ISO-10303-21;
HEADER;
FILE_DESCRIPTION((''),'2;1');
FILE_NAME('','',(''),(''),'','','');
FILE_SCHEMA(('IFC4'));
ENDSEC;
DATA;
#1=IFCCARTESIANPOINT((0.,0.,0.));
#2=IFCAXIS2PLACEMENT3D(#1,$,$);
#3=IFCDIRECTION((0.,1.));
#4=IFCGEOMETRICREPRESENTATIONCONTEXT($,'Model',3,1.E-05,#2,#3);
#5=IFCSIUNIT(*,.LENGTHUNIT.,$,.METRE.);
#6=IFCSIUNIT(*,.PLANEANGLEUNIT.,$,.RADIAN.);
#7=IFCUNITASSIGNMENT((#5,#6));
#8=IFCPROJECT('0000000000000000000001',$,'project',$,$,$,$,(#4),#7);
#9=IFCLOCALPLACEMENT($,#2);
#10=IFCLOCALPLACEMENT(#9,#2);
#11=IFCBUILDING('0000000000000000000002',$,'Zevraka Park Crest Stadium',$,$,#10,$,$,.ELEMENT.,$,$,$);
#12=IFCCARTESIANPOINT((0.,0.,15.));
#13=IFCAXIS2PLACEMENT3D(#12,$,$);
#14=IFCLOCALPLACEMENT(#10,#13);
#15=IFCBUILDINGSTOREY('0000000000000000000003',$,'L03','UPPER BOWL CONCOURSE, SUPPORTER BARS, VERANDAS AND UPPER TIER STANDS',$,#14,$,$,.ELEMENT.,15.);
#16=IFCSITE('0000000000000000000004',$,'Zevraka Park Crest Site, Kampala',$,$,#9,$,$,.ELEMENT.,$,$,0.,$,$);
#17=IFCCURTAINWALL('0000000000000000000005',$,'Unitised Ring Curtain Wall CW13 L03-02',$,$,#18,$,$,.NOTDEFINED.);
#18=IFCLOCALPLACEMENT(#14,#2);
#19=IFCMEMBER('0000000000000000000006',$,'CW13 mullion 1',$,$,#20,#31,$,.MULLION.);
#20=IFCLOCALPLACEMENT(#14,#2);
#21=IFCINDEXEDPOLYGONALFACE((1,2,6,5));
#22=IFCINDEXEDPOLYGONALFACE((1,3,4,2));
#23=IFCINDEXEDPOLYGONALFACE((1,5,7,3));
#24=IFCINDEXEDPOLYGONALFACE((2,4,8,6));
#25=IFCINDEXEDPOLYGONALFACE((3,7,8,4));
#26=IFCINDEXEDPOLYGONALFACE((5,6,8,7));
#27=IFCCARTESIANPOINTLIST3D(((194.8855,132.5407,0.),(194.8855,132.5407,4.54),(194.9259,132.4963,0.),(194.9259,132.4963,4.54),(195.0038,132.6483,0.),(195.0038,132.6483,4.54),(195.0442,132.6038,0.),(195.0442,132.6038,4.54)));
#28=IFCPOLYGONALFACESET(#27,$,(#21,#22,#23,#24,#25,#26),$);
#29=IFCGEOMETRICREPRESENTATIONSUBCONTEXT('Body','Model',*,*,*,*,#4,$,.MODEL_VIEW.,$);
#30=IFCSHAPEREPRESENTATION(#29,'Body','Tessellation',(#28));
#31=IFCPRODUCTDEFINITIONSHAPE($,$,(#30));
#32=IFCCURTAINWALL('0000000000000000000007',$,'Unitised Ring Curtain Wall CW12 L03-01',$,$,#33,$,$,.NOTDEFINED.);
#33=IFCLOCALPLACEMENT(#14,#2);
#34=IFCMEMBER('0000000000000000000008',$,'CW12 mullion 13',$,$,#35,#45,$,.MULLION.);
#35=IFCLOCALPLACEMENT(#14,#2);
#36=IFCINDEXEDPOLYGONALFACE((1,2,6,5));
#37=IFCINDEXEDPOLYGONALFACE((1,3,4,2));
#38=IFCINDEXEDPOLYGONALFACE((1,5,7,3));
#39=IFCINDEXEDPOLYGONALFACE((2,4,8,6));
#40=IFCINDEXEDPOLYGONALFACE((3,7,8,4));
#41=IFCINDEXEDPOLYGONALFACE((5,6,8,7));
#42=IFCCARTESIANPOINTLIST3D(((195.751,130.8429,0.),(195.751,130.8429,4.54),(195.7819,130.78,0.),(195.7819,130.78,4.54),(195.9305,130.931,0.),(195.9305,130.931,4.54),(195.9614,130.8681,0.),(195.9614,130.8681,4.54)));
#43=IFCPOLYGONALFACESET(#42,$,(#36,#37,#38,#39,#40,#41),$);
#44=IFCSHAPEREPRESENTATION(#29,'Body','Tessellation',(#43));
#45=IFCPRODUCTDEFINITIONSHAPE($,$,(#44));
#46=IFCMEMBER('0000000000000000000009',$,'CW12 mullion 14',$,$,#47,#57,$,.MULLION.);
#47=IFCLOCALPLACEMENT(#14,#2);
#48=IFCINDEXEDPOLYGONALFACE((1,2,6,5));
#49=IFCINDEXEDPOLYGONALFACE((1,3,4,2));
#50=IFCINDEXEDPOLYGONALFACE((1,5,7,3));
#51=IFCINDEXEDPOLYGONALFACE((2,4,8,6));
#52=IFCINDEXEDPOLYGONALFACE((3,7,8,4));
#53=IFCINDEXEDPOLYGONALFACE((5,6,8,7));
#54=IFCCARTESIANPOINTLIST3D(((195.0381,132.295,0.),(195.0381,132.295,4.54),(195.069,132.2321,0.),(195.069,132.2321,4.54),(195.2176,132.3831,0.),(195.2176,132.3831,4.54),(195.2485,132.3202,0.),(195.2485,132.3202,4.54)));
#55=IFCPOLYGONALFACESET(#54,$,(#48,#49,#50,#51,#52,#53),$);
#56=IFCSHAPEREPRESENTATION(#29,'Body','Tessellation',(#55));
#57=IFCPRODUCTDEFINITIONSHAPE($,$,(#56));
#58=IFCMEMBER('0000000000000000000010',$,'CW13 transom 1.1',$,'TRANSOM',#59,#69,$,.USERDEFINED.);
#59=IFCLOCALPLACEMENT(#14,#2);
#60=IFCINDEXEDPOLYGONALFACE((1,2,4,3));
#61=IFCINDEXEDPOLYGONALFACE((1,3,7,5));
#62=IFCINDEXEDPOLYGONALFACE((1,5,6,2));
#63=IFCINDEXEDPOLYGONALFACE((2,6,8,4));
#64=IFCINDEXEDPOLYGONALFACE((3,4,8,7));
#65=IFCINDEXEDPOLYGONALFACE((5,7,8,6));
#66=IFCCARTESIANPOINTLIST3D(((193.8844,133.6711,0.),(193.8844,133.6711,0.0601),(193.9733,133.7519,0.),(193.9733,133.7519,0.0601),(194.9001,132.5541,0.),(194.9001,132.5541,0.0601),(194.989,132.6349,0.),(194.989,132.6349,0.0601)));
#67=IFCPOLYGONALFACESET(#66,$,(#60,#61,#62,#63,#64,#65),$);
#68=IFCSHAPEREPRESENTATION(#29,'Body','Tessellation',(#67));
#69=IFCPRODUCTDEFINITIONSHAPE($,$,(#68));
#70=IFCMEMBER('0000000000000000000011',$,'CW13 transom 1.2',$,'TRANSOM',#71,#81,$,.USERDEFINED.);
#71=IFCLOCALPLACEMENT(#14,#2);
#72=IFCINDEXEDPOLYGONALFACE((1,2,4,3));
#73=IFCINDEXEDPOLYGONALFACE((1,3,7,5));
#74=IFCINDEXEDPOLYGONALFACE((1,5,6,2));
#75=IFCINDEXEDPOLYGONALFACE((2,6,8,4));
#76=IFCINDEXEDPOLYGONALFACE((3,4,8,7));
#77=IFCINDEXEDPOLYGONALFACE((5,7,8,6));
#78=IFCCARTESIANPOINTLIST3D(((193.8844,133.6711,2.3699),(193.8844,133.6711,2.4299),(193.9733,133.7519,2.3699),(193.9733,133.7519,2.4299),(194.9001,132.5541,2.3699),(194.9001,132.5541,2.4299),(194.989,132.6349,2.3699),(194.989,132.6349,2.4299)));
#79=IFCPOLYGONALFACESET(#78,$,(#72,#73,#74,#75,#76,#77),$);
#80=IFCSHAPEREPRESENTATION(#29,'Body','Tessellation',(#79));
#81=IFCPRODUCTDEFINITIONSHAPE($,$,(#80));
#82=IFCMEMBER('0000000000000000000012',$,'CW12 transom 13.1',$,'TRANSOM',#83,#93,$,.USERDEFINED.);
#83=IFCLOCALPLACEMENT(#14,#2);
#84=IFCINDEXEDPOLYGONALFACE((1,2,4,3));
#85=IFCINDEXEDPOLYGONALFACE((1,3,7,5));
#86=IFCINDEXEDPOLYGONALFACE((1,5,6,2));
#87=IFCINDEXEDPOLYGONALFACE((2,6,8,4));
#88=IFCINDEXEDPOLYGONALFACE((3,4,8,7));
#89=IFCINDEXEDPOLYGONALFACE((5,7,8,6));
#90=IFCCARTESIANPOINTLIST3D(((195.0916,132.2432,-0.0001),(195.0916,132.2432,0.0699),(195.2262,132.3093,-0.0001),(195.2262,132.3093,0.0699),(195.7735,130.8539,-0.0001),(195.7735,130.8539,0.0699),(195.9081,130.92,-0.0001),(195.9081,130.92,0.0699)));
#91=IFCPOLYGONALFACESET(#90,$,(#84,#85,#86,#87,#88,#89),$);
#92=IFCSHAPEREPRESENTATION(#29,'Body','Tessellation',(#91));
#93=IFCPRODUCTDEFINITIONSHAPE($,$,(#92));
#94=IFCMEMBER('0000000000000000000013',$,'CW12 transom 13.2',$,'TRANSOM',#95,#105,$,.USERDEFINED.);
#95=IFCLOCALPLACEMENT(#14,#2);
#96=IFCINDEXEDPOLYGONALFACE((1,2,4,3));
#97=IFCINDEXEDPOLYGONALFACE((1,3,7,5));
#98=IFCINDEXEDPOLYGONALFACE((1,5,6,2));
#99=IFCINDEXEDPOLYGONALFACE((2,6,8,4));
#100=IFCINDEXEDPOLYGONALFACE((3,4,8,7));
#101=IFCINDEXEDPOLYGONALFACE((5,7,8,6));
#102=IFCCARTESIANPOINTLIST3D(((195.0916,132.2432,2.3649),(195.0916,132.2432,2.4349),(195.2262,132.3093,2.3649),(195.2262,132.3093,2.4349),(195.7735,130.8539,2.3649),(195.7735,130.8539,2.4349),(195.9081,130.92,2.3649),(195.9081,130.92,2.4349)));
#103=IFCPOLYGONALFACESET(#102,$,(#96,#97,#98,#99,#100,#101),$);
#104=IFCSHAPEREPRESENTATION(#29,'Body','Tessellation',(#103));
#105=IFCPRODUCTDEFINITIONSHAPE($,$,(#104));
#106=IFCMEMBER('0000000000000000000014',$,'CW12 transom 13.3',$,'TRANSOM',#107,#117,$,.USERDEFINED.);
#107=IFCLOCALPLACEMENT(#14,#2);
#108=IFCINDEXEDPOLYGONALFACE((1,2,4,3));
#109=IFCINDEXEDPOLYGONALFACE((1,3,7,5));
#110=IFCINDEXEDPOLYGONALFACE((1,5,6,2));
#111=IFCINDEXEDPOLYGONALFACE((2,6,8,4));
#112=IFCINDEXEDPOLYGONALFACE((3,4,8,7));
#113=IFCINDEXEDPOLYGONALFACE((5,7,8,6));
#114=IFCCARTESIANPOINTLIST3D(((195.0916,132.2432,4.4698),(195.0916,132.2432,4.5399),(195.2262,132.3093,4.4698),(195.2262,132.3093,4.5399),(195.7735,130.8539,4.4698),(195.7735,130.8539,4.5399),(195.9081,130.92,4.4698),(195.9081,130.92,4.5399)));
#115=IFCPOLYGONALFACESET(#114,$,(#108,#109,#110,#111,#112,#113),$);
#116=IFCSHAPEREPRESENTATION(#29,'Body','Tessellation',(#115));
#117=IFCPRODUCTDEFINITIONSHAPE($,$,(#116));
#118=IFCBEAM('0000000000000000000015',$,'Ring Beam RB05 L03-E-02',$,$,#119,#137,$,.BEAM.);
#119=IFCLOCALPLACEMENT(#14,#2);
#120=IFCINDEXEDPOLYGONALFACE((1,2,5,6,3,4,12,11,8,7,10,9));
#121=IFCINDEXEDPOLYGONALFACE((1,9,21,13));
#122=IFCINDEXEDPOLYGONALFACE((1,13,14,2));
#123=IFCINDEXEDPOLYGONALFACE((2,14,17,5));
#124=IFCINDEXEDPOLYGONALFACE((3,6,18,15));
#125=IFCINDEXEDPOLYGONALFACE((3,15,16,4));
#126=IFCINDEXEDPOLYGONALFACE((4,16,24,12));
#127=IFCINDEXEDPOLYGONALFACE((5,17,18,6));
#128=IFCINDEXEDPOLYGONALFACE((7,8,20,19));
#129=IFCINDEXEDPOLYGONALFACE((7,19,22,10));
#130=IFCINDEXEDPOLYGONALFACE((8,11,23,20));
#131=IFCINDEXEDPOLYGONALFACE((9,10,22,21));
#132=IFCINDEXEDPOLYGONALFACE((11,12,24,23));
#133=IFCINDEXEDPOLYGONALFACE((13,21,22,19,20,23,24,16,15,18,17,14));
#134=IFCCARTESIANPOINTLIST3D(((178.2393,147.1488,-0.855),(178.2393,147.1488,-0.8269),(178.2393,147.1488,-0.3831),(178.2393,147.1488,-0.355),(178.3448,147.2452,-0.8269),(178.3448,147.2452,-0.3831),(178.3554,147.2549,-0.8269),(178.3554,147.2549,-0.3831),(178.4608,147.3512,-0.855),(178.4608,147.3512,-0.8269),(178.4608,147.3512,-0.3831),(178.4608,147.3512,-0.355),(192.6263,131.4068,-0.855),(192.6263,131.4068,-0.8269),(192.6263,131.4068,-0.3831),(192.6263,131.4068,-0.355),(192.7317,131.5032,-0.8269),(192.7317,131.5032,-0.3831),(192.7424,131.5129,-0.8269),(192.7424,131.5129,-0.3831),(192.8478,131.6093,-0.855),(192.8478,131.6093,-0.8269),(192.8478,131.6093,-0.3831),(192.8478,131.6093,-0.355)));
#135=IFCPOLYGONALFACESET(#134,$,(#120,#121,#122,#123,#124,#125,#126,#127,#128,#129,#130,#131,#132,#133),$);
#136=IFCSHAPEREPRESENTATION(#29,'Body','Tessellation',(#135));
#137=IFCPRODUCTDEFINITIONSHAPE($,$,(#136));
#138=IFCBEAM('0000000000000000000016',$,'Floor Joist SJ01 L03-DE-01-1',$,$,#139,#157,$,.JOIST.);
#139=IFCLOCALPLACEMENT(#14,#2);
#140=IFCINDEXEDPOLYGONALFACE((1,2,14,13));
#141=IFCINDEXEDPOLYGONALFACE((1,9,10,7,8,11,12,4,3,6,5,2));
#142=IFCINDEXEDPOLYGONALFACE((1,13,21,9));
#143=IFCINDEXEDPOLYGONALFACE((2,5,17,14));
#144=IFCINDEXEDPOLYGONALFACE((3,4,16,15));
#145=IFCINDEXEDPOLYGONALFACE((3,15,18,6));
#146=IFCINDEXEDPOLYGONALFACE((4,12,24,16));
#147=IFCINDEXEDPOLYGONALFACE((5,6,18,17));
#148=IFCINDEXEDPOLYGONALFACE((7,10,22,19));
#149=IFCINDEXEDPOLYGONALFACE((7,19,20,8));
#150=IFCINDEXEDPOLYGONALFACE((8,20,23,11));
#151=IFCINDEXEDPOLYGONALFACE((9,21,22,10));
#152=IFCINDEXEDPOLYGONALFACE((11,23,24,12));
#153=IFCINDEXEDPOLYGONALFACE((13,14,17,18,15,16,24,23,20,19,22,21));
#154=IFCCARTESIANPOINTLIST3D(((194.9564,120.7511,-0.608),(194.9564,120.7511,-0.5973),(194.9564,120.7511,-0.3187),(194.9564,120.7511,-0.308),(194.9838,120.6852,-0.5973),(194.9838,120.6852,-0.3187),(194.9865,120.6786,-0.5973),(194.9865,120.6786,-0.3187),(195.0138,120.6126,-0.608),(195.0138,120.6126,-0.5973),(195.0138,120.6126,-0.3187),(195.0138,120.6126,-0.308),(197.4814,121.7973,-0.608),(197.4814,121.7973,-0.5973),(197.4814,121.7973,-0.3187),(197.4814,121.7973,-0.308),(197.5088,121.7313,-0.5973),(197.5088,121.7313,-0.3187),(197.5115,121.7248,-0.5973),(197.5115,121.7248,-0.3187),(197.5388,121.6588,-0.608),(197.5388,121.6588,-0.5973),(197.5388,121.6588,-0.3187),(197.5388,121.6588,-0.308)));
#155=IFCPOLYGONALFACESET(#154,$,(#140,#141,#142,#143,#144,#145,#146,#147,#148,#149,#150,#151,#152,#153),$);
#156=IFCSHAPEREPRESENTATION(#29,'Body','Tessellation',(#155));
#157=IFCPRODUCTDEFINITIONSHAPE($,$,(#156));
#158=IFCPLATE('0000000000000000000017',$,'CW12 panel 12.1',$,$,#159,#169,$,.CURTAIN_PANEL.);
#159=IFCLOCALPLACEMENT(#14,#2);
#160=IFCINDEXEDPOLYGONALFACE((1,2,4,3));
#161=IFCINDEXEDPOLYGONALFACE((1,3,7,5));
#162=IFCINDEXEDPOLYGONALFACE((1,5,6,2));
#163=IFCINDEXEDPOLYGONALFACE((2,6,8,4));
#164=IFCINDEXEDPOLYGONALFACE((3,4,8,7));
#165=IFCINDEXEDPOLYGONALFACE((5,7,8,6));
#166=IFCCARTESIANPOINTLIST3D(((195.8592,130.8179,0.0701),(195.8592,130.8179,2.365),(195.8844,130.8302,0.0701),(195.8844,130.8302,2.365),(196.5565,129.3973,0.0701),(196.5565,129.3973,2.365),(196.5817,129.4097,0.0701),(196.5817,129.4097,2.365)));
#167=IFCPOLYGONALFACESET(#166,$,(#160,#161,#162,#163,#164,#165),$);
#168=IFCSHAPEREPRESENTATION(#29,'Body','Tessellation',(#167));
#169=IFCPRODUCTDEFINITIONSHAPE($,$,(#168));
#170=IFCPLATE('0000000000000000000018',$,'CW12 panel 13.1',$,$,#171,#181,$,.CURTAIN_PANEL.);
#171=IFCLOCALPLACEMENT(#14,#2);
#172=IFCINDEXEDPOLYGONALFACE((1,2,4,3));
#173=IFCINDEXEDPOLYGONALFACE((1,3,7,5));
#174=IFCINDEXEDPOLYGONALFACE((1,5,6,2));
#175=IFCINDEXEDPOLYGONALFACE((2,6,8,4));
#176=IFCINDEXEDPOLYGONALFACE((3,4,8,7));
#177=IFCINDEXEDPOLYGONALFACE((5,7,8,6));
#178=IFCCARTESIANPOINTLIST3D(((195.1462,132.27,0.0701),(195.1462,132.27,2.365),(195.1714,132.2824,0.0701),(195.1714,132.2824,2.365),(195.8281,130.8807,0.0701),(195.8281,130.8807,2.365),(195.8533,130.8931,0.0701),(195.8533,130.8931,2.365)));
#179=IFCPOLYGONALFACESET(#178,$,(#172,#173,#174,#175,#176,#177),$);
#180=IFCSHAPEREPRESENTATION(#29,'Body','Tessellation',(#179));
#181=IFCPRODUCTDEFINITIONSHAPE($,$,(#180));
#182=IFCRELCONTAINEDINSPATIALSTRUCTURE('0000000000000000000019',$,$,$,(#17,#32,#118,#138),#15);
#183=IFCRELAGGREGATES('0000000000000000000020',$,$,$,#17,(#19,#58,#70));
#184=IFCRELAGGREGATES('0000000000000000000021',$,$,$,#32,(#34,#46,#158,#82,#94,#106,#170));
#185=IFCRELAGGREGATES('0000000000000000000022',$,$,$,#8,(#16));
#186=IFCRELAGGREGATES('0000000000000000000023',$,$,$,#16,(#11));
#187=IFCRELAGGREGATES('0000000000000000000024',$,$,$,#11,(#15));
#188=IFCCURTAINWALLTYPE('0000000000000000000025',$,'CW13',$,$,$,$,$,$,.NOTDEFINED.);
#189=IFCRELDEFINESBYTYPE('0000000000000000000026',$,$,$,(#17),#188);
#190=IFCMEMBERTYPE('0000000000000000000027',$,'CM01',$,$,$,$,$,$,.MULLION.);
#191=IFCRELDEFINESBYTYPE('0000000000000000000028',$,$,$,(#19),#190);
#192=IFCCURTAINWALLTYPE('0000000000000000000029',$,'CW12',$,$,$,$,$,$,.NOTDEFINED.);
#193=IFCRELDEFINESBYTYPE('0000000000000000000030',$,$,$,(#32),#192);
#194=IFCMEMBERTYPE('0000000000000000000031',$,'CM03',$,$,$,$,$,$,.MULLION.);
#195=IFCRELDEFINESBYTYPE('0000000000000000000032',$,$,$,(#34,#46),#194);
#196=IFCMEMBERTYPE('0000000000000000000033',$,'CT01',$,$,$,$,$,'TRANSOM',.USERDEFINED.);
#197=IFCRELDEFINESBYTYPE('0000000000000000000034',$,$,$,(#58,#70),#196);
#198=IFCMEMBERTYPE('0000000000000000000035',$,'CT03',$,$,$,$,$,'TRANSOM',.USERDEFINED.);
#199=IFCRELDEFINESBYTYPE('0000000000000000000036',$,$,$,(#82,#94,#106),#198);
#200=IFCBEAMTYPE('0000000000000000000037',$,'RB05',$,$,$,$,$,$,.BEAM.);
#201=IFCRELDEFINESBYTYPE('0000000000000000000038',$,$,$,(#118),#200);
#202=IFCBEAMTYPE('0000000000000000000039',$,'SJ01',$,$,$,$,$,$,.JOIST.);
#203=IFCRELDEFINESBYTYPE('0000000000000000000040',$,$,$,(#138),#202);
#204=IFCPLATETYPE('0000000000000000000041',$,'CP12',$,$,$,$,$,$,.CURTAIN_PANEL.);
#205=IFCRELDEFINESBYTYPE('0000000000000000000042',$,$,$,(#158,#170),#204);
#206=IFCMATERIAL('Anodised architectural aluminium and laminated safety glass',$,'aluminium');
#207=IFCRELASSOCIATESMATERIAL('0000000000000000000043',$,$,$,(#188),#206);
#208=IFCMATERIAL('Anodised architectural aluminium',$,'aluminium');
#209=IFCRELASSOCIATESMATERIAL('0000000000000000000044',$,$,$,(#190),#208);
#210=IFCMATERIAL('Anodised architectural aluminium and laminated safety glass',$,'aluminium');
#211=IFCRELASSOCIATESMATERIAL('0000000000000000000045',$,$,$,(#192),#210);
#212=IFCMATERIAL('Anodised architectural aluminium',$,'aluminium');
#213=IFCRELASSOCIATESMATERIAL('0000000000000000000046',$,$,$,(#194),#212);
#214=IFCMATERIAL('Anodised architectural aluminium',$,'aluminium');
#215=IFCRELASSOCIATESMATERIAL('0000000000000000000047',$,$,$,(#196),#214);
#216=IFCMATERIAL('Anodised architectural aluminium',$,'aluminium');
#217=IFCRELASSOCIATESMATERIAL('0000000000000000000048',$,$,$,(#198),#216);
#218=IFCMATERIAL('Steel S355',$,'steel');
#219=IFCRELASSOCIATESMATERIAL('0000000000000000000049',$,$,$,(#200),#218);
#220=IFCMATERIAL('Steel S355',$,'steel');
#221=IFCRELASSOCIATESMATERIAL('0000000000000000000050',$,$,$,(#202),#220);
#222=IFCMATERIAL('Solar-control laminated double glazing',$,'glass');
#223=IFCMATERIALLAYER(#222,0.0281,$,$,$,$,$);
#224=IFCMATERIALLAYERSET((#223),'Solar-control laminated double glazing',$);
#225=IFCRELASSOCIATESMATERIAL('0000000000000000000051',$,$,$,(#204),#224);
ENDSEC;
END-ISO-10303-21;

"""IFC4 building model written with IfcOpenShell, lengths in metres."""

from ifc_helpers import new_model, si_unit, direction, frame, origin, origin_2d, place, context, subcontext, project, spatial, rectangle, i_section, extrude, material, layer, layer_set, material_profile, profile_set, type_object, element, aggregate, save


model = new_model("IFC4")

# Units and contexts
model_context = context("Model", 3, precision=1e-05, world=origin(), true_north=direction((0.0, 1.0)))
body_context = subcontext(model_context, "Body", "Model", "MODEL_VIEW")
ifc_project = project(units=[si_unit("LENGTHUNIT", "METRE"), si_unit("PLANEANGLEUNIT", "RADIAN")], contexts=[model_context])

# Site, building, storey
site_placement = place(None, origin())
site = spatial("IfcSite", under=ifc_project, at=site_placement, Name="Zevraka Park Crest Site, Kampala", CompositionType="ELEMENT", RefElevation=0.0)
building_placement = place(site_placement, origin())
building = spatial("IfcBuilding", under=site, at=building_placement, Name="Zevraka Park Crest Stadium", CompositionType="ELEMENT")
storey_placement = place(building_placement, frame((0.0, 0.0, 15.0)))
storey = spatial("IfcBuildingStorey", under=building, at=storey_placement, Name="L03", Description="UPPER BOWL CONCOURSE, SUPPORTER BARS, VERANDAS AND UPPER TIER STANDS", CompositionType="ELEMENT", Elevation=15.0)

# Curtain wall, member
ifc_material_1 = material(Name="Anodised architectural aluminium and laminated safety glass", Category="aluminium")
curtain_wall_type_1 = type_object("IfcCurtainWallType", Name="CW13", PredefinedType="NOTDEFINED", material=ifc_material_1)
curtain_wall_1_placement = place(storey_placement, origin())
curtain_wall_1 = element("IfcCurtainWall", 1, at=curtain_wall_1_placement, inside=storey, type_object=curtain_wall_type_1, Name="Unitised Ring Curtain Wall CW13 L03-02", PredefinedType="NOTDEFINED")
ifc_material_2 = material(Name="Anodised architectural aluminium", Category="aluminium")
ifc_material_profile_1 = material_profile(ifc_material_2, rectangle(XDim=0.1599, YDim=0.0601, at=origin_2d()), Name="ALU MULLION 160x60")
ifc_profile_set_1 = profile_set([ifc_material_profile_1], Name="Anodised architectural aluminium")
member_type_1 = type_object("IfcMemberType", Name="CM01", PredefinedType="MULLION", material=ifc_profile_set_1)
member_1_placement = place(storey_placement, frame((194.9648, 132.5723, 0.0), z_axis=(0.0, 0.0, 1.0), x_axis=(-0.739823, -0.672802, 0.0)))
member_1 = element("IfcMember", 2, at=member_1_placement, type_object=member_type_1, Name="CW13 mullion 1", PredefinedType="MULLION", context=body_context, shape_type="SweptSolid", body=[
    extrude(rectangle(XDim=0.1599, YDim=0.0601, at=origin_2d()), origin(), (0.0, 0.0, 1.0), 4.54),
])

# Curtain wall, members
ifc_material_3 = material(Name="Anodised architectural aluminium and laminated safety glass", Category="aluminium")
curtain_wall_type_2 = type_object("IfcCurtainWallType", Name="CW12", PredefinedType="NOTDEFINED", material=ifc_material_3)
curtain_wall_2_placement = place(storey_placement, origin())
curtain_wall_2 = element("IfcCurtainWall", 3, at=curtain_wall_2_placement, inside=storey, type_object=curtain_wall_type_2, Name="Unitised Ring Curtain Wall CW12 L03-01", PredefinedType="NOTDEFINED")
ifc_material_4 = material(Name="Anodised architectural aluminium", Category="aluminium")
ifc_material_profile_2 = material_profile(ifc_material_4, rectangle(XDim=0.2, YDim=0.0701, at=origin_2d()), Name="ALU MULLION 200x70")
ifc_profile_set_2 = profile_set([ifc_material_profile_2], Name="Anodised architectural aluminium")
member_type_2 = type_object("IfcMemberType", Name="CM03", PredefinedType="MULLION", material=ifc_profile_set_2)
member_2_placement = place(storey_placement, frame((195.8562, 130.8555, 0.0), z_axis=(0.0, 0.0, 1.0), x_axis=(-0.897671, -0.440666, 0.0)))
member_2 = element("IfcMember", 4, at=member_2_placement, type_object=member_type_2, Name="CW12 mullion 13", PredefinedType="MULLION", context=body_context, shape_type="SweptSolid", body=[
    extrude(rectangle(XDim=0.2, YDim=0.0701, at=origin_2d()), origin(), (0.0, 0.0, 1.0), 4.54),
])
member_3_placement = place(storey_placement, frame((195.1433, 132.3076, 0.0), z_axis=(0.0, 0.0, 1.0), x_axis=(-0.897671, -0.440666, 0.0)))
member_3 = element("IfcMember", 5, at=member_3_placement, type_object=member_type_2, Name="CW12 mullion 14", PredefinedType="MULLION", context=body_context, shape_type="SweptSolid", body=[
    extrude(rectangle(XDim=0.2, YDim=0.0701, at=origin_2d()), origin(), (0.0, 0.0, 1.0), 4.54),
])

# Members
ifc_material_5 = material(Name="Anodised architectural aluminium", Category="aluminium")
ifc_material_profile_3 = material_profile(ifc_material_5, rectangle(XDim=0.1201, YDim=0.0601, at=origin_2d()), Name="ALU TRANSOM 120x60")
ifc_profile_set_3 = profile_set([ifc_material_profile_3], Name="Anodised architectural aluminium")
member_type_3 = type_object("IfcMemberType", Name="CT01", ElementType="TRANSOM", PredefinedType="USERDEFINED", material=ifc_profile_set_3)
member_4_placement = place(storey_placement, frame((194.9446, 132.5945, 0.03), z_axis=(-0.672753, 0.739867, 0.0), x_axis=(-0.739867, -0.672753, 0.0)))
member_4 = element("IfcMember", 6, at=member_4_placement, type_object=member_type_3, Name="CW13 transom 1.1", ObjectType="TRANSOM", PredefinedType="USERDEFINED", context=body_context, shape_type="SweptSolid", body=[
    extrude(rectangle(XDim=0.1201, YDim=0.0601, at=origin_2d()), origin(), (0.0, 0.0, 1.0), 1.5098),
])
member_5_placement = place(storey_placement, frame((194.9446, 132.5945, 2.3999), z_axis=(-0.672753, 0.739867, 0.0), x_axis=(-0.739867, -0.672753, 0.0)))
member_5 = element("IfcMember", 7, at=member_5_placement, type_object=member_type_3, Name="CW13 transom 1.2", ObjectType="TRANSOM", PredefinedType="USERDEFINED", context=body_context, shape_type="SweptSolid", body=[
    extrude(rectangle(XDim=0.1201, YDim=0.0601, at=origin_2d()), origin(), (0.0, 0.0, 1.0), 1.5098),
])
aggregate(curtain_wall_1, [member_1, member_4, member_5])
ifc_material_6 = material(Name="Anodised architectural aluminium", Category="aluminium")
ifc_material_profile_4 = material_profile(ifc_material_6, rectangle(XDim=0.1499, YDim=0.0701, at=origin_2d()), Name="ALU TRANSOM 150x70")
ifc_profile_set_4 = profile_set([ifc_material_profile_4], Name="Anodised architectural aluminium")
member_type_4 = type_object("IfcMemberType", Name="CT03", ElementType="TRANSOM", PredefinedType="USERDEFINED", material=ifc_profile_set_4)
member_6_placement = place(storey_placement, frame((195.8408, 130.887, 0.0349), z_axis=(-0.440639, 0.897685, 0.0), x_axis=(-0.897685, -0.440639, 0.0)))
member_6 = element("IfcMember", 8, at=member_6_placement, type_object=member_type_4, Name="CW12 transom 13.1", ObjectType="TRANSOM", PredefinedType="USERDEFINED", context=body_context, shape_type="SweptSolid", body=[
    extrude(rectangle(XDim=0.1499, YDim=0.0701, at=origin_2d()), origin(), (0.0, 0.0, 1.0), 1.5476),
])
member_7_placement = place(storey_placement, frame((195.8408, 130.887, 2.3999), z_axis=(-0.440639, 0.897685, 0.0), x_axis=(-0.897685, -0.440639, 0.0)))
member_7 = element("IfcMember", 9, at=member_7_placement, type_object=member_type_4, Name="CW12 transom 13.2", ObjectType="TRANSOM", PredefinedType="USERDEFINED", context=body_context, shape_type="SweptSolid", body=[
    extrude(rectangle(XDim=0.1499, YDim=0.0701, at=origin_2d()), origin(), (0.0, 0.0, 1.0), 1.5476),
])
member_8_placement = place(storey_placement, frame((195.8408, 130.887, 4.5049), z_axis=(-0.440639, 0.897685, 0.0), x_axis=(-0.897685, -0.440639, 0.0)))
member_8 = element("IfcMember", 10, at=member_8_placement, type_object=member_type_4, Name="CW12 transom 13.3", ObjectType="TRANSOM", PredefinedType="USERDEFINED", context=body_context, shape_type="SweptSolid", body=[
    extrude(rectangle(XDim=0.1499, YDim=0.0701, at=origin_2d()), origin(), (0.0, 0.0, 1.0), 1.5476),
])

# Beams
ifc_material_7 = material(Name="Steel S355", Category="steel")
ifc_material_profile_5 = material_profile(ifc_material_7, i_section(OverallWidth=0.3, OverallDepth=0.5, WebThickness=0.0144, FlangeThickness=0.0281, at=origin_2d()), Name="HEB 500")
ifc_profile_set_5 = profile_set([ifc_material_profile_5], Name="Steel S355")
beam_type_1 = type_object("IfcBeamType", Name="RB05", PredefinedType="BEAM", material=ifc_profile_set_5)
beam_1_placement = place(storey_placement, frame((192.7371, 131.5081, -0.605), z_axis=(-0.674624, 0.738161, 0.0), x_axis=(-0.738161, -0.674624, 0.0)))
element("IfcBeam", 11, at=beam_1_placement, inside=storey, type_object=beam_type_1, Name="Ring Beam RB05 L03-E-02", PredefinedType="BEAM", context=body_context, shape_type="SweptSolid", body=[
    extrude(i_section(OverallWidth=0.3, OverallDepth=0.5, WebThickness=0.0144, FlangeThickness=0.0281, at=origin_2d()), origin(), (0.0, 0.0, 1.0), 21.3259),
])
ifc_material_8 = material(Name="Steel S355", Category="steel")
ifc_material_profile_6 = material_profile(ifc_material_8, i_section(OverallWidth=0.1499, OverallDepth=0.3, WebThickness=0.0071, FlangeThickness=0.0107, at=origin_2d()), Name="IPE 300")
ifc_profile_set_6 = profile_set([ifc_material_profile_6], Name="Steel S355")
beam_type_2 = type_object("IfcBeamType", Name="SJ01", PredefinedType="JOIST", material=ifc_profile_set_6)
beam_2_placement = place(storey_placement, frame((194.9851, 120.6819, -0.458), z_axis=(0.923842, 0.382775, 0.0), x_axis=(-0.382775, 0.923842, 0.0)))
element("IfcBeam", 12, at=beam_2_placement, inside=storey, type_object=beam_type_2, Name="Floor Joist SJ01 L03-DE-01-1", PredefinedType="JOIST", context=body_context, shape_type="SweptSolid", body=[
    extrude(i_section(OverallWidth=0.1499, OverallDepth=0.3, WebThickness=0.0071, FlangeThickness=0.0107, at=origin_2d()), origin(), (0.0, 0.0, 1.0), 2.7332),
])

# Plates
ifc_material_9 = material(Name="Solar-control laminated double glazing", Category="glass")
ifc_layer_1 = layer(ifc_material_9, 0.0281)
ifc_layer_set_1 = layer_set([ifc_layer_1], Name="Solar-control laminated double glazing")
plate_type = type_object("IfcPlateType", Name="CP12", PredefinedType="CURTAIN_PANEL", material=ifc_layer_set_1)
plate_1_placement = place(storey_placement, frame((196.2205, 130.1138, 0.0701), z_axis=(0.0, 0.0, 1.0), x_axis=(-0.440666, 0.897671, 0.0)))
plate_1 = element("IfcPlate", 13, at=plate_1_placement, type_object=plate_type, Name="CW12 panel 12.1", PredefinedType="CURTAIN_PANEL", context=body_context, shape_type="SweptSolid", body=[
    extrude(rectangle(XDim=1.5825, YDim=0.0281, at=origin_2d()), origin(), (0.0, 0.0, 1.0), 2.2949),
])
plate_2_placement = place(storey_placement, frame((195.4998, 131.5815, 0.0701), z_axis=(0.0, 0.0, 1.0), x_axis=(-0.440666, 0.897671, 0.0)))
plate_2 = element("IfcPlate", 14, at=plate_2_placement, type_object=plate_type, Name="CW12 panel 13.1", PredefinedType="CURTAIN_PANEL", context=body_context, shape_type="SweptSolid", body=[
    extrude(rectangle(XDim=1.5476, YDim=0.0281, at=origin_2d()), origin(), (0.0, 0.0, 1.0), 2.2949),
])
aggregate(curtain_wall_2, [member_2, member_3, plate_1, member_6, member_7, member_8, plate_2])

save(model, "model.ifc")
